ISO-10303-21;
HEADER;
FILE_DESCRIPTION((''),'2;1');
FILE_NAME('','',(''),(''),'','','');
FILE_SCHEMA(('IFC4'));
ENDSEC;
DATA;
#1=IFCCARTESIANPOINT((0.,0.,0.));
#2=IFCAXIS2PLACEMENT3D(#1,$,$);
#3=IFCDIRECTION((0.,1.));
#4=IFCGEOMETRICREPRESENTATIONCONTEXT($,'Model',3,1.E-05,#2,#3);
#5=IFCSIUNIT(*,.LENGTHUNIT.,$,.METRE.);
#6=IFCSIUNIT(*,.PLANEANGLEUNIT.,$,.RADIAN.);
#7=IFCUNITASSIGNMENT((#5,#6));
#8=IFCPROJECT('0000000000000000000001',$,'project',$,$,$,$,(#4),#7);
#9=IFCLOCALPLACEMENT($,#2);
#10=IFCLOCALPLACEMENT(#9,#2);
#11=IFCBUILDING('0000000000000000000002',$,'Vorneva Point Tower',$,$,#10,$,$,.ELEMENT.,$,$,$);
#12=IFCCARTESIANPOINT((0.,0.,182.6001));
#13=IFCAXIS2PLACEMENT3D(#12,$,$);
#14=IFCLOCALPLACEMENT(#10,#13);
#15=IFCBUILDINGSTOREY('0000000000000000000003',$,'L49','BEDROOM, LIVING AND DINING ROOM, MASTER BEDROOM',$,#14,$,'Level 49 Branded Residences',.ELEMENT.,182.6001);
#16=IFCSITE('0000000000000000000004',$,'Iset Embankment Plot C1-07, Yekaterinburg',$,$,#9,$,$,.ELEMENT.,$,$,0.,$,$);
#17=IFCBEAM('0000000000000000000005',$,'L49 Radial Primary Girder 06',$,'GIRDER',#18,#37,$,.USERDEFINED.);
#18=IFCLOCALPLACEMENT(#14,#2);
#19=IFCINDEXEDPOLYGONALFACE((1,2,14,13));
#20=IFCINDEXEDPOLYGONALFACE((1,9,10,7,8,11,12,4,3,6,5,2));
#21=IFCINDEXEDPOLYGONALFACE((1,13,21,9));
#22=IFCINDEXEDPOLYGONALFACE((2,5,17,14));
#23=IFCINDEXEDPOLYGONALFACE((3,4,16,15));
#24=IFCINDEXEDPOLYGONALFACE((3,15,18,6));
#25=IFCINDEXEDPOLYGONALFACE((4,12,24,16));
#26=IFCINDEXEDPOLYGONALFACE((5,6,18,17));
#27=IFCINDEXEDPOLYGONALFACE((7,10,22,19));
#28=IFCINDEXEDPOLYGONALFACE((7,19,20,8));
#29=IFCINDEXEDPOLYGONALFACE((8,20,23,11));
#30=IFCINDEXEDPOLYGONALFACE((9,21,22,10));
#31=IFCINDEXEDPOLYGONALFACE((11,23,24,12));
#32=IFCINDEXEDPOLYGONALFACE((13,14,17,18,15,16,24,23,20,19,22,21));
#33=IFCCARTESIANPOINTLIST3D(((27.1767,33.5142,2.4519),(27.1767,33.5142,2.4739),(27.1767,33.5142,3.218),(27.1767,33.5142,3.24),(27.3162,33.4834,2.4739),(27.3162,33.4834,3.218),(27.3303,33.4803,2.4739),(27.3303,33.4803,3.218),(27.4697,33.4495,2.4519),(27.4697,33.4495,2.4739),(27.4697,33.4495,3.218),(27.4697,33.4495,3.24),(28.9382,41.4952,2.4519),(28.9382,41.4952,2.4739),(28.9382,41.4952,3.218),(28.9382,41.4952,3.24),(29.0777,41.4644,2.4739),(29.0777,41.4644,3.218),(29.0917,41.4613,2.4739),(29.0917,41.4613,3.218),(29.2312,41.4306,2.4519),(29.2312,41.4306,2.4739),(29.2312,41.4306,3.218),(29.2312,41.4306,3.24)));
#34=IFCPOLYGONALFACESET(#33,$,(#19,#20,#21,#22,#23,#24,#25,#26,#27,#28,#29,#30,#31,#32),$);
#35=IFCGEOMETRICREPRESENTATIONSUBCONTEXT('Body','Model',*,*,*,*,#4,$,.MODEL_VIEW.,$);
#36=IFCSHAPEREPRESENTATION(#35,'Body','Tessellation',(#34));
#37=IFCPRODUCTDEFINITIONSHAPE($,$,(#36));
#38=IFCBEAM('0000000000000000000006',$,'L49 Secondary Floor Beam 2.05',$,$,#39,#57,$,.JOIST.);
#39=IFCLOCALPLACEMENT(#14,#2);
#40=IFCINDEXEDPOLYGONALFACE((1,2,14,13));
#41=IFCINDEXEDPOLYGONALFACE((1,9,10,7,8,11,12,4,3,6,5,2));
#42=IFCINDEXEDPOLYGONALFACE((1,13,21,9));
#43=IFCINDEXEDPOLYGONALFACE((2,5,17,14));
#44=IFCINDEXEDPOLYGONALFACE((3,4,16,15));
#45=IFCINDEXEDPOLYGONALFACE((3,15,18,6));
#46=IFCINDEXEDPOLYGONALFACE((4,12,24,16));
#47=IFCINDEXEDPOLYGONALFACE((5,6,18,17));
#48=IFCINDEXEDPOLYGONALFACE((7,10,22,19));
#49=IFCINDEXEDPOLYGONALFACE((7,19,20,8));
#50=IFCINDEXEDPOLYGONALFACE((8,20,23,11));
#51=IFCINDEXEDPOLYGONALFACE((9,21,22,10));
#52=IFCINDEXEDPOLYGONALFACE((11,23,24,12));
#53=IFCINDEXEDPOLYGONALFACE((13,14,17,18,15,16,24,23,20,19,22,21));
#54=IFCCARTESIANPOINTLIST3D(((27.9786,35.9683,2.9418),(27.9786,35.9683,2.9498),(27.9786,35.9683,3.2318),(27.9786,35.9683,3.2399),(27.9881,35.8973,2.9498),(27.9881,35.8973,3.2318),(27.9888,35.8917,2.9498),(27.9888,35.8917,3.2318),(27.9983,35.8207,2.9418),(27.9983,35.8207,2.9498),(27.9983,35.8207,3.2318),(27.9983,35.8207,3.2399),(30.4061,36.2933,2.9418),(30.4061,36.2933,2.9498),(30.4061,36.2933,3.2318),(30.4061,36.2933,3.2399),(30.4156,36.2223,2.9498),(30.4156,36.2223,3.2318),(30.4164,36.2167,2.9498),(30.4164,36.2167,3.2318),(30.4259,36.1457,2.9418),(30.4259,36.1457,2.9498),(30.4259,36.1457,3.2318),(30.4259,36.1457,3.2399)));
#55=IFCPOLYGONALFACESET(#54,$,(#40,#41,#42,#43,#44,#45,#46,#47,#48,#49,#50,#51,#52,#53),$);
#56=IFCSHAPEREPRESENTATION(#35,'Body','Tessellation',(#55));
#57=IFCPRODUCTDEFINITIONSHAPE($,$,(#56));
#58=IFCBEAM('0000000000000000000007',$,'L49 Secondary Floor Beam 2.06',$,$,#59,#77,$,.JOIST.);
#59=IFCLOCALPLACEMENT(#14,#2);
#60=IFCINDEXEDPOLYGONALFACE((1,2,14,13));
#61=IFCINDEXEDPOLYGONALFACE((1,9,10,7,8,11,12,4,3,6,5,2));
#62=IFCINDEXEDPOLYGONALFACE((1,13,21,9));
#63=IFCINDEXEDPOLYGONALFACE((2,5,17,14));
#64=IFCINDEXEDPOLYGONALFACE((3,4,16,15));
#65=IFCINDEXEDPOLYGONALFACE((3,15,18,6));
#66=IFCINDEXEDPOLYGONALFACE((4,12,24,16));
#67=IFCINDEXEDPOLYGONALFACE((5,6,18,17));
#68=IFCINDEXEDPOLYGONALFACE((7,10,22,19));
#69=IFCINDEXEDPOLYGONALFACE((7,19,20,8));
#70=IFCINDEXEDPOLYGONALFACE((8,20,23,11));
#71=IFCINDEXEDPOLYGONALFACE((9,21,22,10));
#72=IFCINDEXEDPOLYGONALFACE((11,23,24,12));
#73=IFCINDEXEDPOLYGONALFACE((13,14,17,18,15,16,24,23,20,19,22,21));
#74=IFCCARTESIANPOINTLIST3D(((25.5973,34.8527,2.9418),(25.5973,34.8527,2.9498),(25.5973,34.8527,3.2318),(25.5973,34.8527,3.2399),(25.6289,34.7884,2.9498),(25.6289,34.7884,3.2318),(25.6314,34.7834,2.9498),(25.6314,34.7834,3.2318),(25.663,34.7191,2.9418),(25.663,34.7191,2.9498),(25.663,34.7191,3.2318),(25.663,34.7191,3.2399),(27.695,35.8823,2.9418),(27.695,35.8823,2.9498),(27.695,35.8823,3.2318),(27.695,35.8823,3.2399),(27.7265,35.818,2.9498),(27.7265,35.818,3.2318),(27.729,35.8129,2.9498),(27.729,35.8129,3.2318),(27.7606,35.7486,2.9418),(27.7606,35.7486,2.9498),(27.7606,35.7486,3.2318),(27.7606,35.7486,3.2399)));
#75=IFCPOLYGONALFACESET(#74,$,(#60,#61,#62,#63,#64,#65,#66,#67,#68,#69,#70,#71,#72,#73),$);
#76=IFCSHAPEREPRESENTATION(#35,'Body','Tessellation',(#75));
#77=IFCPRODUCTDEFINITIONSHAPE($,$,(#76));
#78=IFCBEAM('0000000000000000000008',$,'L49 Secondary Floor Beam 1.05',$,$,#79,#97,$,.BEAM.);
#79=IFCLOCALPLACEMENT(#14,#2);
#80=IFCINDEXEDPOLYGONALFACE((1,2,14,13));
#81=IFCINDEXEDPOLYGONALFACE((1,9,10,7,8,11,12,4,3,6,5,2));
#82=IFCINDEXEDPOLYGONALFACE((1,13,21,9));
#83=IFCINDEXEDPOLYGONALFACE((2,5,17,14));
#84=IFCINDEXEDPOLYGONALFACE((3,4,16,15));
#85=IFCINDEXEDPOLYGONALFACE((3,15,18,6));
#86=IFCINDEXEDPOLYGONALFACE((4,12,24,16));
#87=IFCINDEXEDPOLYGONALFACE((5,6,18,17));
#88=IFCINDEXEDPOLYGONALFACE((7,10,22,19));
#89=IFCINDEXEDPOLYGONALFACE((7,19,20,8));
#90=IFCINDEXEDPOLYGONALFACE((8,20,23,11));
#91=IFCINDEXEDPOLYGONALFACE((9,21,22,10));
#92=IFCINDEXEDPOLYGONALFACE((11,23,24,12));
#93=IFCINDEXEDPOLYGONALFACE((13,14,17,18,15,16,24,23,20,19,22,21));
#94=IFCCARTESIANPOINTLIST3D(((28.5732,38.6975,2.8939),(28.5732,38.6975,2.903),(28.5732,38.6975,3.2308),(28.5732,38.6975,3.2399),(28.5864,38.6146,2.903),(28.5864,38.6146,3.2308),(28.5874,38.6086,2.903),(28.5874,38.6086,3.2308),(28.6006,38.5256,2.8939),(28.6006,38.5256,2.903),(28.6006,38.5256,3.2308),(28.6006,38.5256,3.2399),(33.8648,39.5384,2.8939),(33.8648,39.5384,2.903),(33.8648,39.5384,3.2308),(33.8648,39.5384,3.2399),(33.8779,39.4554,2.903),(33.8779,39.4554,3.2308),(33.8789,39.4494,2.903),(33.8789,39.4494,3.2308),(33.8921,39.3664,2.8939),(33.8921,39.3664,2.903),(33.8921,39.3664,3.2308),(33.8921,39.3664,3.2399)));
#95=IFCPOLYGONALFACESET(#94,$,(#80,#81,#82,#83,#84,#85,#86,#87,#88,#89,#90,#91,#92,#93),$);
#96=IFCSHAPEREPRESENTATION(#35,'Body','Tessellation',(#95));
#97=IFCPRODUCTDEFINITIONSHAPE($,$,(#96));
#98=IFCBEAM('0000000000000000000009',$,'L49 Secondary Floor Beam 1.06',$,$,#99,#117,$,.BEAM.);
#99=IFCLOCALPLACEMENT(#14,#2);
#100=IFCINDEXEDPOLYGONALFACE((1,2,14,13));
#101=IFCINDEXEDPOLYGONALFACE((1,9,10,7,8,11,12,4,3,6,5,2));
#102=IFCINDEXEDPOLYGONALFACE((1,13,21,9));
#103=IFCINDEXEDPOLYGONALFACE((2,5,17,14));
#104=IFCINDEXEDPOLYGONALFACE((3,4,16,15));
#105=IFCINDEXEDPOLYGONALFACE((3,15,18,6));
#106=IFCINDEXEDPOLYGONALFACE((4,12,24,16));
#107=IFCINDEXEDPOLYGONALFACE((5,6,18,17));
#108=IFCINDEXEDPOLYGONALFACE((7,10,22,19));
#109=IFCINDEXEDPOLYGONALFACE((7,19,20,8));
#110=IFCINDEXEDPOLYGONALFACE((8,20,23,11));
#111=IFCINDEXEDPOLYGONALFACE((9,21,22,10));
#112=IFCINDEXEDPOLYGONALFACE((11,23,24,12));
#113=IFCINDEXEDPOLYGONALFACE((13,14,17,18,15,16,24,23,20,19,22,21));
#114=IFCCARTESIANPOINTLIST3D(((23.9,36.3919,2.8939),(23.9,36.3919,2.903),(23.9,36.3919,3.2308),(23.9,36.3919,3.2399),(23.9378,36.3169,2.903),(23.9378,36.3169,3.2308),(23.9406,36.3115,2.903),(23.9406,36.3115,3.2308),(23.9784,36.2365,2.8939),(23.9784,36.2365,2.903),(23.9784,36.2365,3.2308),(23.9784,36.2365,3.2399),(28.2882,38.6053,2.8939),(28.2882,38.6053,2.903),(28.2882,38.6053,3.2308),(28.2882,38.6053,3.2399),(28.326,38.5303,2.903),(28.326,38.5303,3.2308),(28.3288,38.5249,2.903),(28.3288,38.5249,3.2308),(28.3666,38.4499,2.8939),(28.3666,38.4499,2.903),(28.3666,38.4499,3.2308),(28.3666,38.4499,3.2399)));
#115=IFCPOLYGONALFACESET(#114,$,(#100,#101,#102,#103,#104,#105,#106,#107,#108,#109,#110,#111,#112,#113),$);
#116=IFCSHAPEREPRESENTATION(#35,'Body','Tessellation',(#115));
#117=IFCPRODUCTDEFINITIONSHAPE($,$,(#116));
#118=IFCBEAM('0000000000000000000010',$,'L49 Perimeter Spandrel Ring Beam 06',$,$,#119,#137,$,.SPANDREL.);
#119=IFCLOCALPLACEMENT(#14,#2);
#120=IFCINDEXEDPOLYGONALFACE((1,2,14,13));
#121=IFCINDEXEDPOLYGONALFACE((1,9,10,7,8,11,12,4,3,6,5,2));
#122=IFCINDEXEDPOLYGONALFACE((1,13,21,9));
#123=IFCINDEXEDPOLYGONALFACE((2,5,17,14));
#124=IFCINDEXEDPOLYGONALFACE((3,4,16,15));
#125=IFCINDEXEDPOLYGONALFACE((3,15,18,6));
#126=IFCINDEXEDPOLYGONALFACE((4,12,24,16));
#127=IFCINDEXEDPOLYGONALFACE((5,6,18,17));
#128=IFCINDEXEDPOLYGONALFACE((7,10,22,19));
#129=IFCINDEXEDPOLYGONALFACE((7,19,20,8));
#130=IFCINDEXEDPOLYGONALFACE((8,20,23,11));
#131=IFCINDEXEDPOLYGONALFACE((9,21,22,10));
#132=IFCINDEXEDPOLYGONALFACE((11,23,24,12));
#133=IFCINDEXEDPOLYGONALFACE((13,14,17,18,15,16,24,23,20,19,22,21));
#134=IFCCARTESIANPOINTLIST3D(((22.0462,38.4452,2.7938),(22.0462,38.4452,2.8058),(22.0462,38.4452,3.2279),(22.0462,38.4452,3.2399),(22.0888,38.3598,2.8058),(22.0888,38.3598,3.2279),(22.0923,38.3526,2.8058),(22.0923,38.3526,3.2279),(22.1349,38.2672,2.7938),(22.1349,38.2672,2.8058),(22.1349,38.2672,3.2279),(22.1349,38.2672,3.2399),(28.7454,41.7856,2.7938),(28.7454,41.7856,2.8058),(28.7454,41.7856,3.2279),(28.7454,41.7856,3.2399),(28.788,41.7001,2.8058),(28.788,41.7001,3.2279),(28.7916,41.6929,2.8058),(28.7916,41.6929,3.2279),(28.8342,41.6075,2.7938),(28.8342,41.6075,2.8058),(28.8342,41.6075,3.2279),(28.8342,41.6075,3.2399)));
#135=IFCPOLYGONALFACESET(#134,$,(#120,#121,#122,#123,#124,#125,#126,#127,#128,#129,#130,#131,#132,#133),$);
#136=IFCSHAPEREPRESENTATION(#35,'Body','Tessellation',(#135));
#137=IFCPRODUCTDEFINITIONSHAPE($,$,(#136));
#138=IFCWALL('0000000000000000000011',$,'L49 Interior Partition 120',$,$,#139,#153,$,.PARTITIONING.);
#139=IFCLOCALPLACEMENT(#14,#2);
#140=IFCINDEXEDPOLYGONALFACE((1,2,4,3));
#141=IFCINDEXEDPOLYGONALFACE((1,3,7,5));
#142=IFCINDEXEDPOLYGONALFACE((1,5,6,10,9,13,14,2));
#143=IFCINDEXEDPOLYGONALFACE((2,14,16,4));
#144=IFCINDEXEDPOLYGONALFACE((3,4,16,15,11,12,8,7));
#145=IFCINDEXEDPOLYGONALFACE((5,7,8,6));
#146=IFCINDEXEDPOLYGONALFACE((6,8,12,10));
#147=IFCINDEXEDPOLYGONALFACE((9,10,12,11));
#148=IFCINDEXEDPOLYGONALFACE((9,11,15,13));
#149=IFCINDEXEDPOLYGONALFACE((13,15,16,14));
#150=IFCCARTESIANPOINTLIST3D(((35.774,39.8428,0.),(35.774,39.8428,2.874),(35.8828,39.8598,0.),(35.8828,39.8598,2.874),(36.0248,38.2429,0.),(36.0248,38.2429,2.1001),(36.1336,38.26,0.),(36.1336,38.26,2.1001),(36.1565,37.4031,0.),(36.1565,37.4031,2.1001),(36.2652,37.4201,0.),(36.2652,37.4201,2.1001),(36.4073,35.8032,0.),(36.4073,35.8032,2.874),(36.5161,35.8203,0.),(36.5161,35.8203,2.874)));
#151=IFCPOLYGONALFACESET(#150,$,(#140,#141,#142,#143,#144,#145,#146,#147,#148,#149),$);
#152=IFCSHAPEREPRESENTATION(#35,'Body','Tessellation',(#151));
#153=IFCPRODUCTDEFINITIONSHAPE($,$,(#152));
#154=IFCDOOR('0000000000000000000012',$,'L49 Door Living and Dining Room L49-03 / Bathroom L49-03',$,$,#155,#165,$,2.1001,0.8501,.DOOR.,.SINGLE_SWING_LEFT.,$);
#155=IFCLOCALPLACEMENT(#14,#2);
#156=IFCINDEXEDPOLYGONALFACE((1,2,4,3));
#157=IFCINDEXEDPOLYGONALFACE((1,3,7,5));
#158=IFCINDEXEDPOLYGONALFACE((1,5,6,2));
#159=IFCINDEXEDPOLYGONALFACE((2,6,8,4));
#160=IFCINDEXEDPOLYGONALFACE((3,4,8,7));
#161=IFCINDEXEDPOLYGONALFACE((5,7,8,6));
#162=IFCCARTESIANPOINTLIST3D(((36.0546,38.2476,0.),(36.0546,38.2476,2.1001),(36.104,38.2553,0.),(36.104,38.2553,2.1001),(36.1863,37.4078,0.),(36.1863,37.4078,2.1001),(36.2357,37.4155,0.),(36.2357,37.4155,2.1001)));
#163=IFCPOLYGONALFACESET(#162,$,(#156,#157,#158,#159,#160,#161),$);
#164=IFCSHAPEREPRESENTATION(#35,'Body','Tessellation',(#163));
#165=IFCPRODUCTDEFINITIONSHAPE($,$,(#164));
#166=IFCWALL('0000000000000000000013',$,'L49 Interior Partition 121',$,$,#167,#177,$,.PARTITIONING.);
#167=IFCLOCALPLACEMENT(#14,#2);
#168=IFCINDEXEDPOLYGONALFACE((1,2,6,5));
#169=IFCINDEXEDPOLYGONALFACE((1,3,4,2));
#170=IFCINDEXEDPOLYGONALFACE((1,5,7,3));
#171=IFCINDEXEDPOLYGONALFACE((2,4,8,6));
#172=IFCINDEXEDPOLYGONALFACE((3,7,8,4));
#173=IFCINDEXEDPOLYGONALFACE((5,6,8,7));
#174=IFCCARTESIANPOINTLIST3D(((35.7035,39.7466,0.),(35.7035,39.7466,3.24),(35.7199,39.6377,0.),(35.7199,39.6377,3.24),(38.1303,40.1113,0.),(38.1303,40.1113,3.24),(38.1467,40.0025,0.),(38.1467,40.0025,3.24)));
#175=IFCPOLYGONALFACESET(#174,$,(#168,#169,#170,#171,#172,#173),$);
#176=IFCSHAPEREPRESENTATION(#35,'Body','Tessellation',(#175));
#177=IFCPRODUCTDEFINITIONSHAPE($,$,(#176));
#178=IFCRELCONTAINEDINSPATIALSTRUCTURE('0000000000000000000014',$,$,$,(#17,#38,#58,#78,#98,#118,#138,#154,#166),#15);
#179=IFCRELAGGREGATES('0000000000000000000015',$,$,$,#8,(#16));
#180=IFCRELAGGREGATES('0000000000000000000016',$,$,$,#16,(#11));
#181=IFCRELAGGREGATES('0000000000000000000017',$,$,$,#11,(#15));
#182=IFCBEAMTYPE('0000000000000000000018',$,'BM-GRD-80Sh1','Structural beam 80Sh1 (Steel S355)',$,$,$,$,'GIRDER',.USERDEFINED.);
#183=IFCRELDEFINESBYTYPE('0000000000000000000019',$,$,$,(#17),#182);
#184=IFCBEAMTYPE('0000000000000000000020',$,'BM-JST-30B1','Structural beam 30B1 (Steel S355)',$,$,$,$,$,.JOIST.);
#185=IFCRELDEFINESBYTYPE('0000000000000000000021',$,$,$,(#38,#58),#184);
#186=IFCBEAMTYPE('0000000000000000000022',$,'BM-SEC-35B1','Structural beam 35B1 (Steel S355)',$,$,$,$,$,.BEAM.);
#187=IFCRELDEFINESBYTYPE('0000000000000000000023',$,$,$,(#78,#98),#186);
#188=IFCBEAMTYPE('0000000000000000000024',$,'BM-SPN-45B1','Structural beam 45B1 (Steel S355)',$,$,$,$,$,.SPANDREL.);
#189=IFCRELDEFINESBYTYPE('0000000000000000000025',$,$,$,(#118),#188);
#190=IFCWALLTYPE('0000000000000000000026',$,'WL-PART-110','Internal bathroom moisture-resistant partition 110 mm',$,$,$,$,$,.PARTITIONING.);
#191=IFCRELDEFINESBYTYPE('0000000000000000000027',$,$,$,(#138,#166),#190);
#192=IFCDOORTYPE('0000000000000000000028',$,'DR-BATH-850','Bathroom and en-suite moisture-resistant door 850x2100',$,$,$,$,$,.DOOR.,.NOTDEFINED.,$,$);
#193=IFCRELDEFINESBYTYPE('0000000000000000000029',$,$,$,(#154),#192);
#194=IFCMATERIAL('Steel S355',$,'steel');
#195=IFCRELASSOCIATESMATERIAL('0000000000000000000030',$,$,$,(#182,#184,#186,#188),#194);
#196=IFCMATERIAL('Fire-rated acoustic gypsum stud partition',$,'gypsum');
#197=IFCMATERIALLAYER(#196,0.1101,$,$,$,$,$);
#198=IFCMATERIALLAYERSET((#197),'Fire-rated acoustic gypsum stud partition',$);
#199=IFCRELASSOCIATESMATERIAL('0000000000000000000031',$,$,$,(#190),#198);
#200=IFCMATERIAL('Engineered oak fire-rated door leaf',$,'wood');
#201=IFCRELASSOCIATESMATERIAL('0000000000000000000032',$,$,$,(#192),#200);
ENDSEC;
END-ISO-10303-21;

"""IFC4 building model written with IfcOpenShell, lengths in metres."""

from ifc_helpers import new_model, si_unit, direction, frame, frame_2d, origin, origin_2d, place, context, subcontext, project, spatial, rectangle, i_section, extrude, material, layer, layer_set, material_profile, profile_set, type_object, element, fill, save


model = new_model("IFC4")

# Units and contexts
model_context = context("Model", 3, precision=1e-05, world=origin(), true_north=direction((0.0, 1.0)))
body_context = subcontext(model_context, "Body", "Model", "MODEL_VIEW")
ifc_project = project(units=[si_unit("LENGTHUNIT", "METRE"), si_unit("PLANEANGLEUNIT", "RADIAN")], contexts=[model_context])

# Site, building, storey
site_placement = place(None, origin())
site = spatial("IfcSite", under=ifc_project, at=site_placement, Name="Iset Embankment Plot C1-07, Yekaterinburg", CompositionType="ELEMENT", RefElevation=0.0)
building_placement = place(site_placement, origin())
building = spatial("IfcBuilding", under=site, at=building_placement, Name="Vorneva Point Tower", CompositionType="ELEMENT")
storey_placement = place(building_placement, frame((0.0, 0.0, 182.6001)))
storey = spatial("IfcBuildingStorey", under=building, at=storey_placement, Name="L49", Description="BEDROOM, LIVING AND DINING ROOM, MASTER BEDROOM", LongName="Level 49 Branded Residences", CompositionType="ELEMENT", Elevation=182.6001)

# Beams
ifc_material_1 = material(Name="Steel S355", Category="steel")
ifc_material_profile_1 = material_profile(ifc_material_1, i_section(OverallWidth=0.3, OverallDepth=0.7881, WebThickness=0.0144, FlangeThickness=0.022, at=origin_2d()), Name="80Sh1")
ifc_profile_set_1 = profile_set([ifc_material_profile_1], Name="Steel S355")
beam_type_1 = type_object("IfcBeamType", Name="BM-GRD-80Sh1", Description="Structural beam 80Sh1 (Steel S355)", ElementType="GIRDER", PredefinedType="USERDEFINED", material=ifc_profile_set_1)
beam_1_placement = place(storey_placement, frame((29.0847, 41.4629, 2.8459), z_axis=(-0.215523, -0.976499, 0.0), x_axis=(0.976499, -0.215523, 0.0)))
element("IfcBeam", 1, at=beam_1_placement, inside=storey, type_object=beam_type_1, Name="L49 Radial Primary Girder 06", ObjectType="GIRDER", PredefinedType="USERDEFINED", context=body_context, shape_type="SweptSolid", body=[
    extrude(i_section(OverallWidth=0.3, OverallDepth=0.7881, WebThickness=0.0144, FlangeThickness=0.022, at=origin_2d()), origin(), (0.0, 0.0, 1.0), 8.1731),
])
ifc_material_profile_2 = material_profile(ifc_material_1, i_section(OverallWidth=0.1489, OverallDepth=0.2981, WebThickness=0.0056, FlangeThickness=0.0081, at=origin_2d()), Name="30B1")
ifc_profile_set_2 = profile_set([ifc_material_profile_2], Name="Steel S355")
beam_type_2 = type_object("IfcBeamType", Name="BM-JST-30B1", Description="Structural beam 30B1 (Steel S355)", PredefinedType="JOIST", material=ifc_profile_set_2)
beam_2_placement = place(storey_placement, frame((30.416, 36.2195, 3.0908), z_axis=(-0.991159, -0.13268, 0.0), x_axis=(0.13268, -0.991159, 0.0)))
element("IfcBeam", 2, at=beam_2_placement, inside=storey, type_object=beam_type_2, Name="L49 Secondary Floor Beam 2.05", PredefinedType="JOIST", context=body_context, shape_type="SweptSolid", body=[
    extrude(i_section(OverallWidth=0.1489, OverallDepth=0.2981, WebThickness=0.0056, FlangeThickness=0.0081, at=origin_2d()), origin(), (0.0, 0.0, 1.0), 2.4492),
])
beam_3_placement = place(storey_placement, frame((27.7278, 35.8154, 3.0908), z_axis=(-0.897704, -0.440598, 0.0), x_axis=(0.440598, -0.897704, 0.0)))
element("IfcBeam", 3, at=beam_3_placement, inside=storey, type_object=beam_type_2, Name="L49 Secondary Floor Beam 2.06", PredefinedType="JOIST", context=body_context, shape_type="SweptSolid", body=[
    extrude(i_section(OverallWidth=0.1489, OverallDepth=0.2981, WebThickness=0.0056, FlangeThickness=0.0081, at=origin_2d()), origin(), (0.0, 0.0, 1.0), 2.3367),
])
ifc_material_profile_3 = material_profile(ifc_material_1, i_section(OverallWidth=0.1741, OverallDepth=0.3459, WebThickness=0.0061, FlangeThickness=0.009, at=origin_2d()), Name="35B1")
ifc_profile_set_3 = profile_set([ifc_material_profile_3], Name="Steel S355")
beam_type_3 = type_object("IfcBeamType", Name="BM-SEC-35B1", Description="Structural beam 35B1 (Steel S355)", PredefinedType="BEAM", material=ifc_profile_set_3)
beam_4_placement = place(storey_placement, frame((33.8784, 39.4524, 3.0669), z_axis=(-0.98761, -0.156931, 0.0), x_axis=(0.156931, -0.98761, 0.0)))
element("IfcBeam", 4, at=beam_4_placement, inside=storey, type_object=beam_type_3, Name="L49 Secondary Floor Beam 1.05", PredefinedType="BEAM", context=body_context, shape_type="SweptSolid", body=[
    extrude(i_section(OverallWidth=0.1741, OverallDepth=0.3459, WebThickness=0.0061, FlangeThickness=0.009, at=origin_2d()), origin(), (0.0, 0.0, 1.0), 5.3579),
])
beam_5_placement = place(storey_placement, frame((28.3274, 38.5276, 3.0669), z_axis=(-0.892852, -0.45035, 0.0), x_axis=(0.45035, -0.892852, 0.0)))
element("IfcBeam", 5, at=beam_5_placement, inside=storey, type_object=beam_type_3, Name="L49 Secondary Floor Beam 1.06", PredefinedType="BEAM", context=body_context, shape_type="SweptSolid", body=[
    extrude(i_section(OverallWidth=0.1741, OverallDepth=0.3459, WebThickness=0.0061, FlangeThickness=0.009, at=origin_2d()), origin(), (0.0, 0.0, 1.0), 4.9148),
])
ifc_material_profile_4 = material_profile(ifc_material_1, i_section(OverallWidth=0.199, OverallDepth=0.446, WebThickness=0.0081, FlangeThickness=0.012, at=origin_2d()), Name="45B1")
ifc_profile_set_4 = profile_set([ifc_material_profile_4], Name="Steel S355")
beam_type_4 = type_object("IfcBeamType", Name="BM-SPN-45B1", Description="Structural beam 45B1 (Steel S355)", PredefinedType="SPANDREL", material=ifc_profile_set_4)
beam_6_placement = place(storey_placement, frame((28.7898, 41.6965, 3.0168), z_axis=(-0.894922, -0.446222, 0.0), x_axis=(0.446222, -0.894922, 0.0)))
element("IfcBeam", 6, at=beam_6_placement, inside=storey, type_object=beam_type_4, Name="L49 Perimeter Spandrel Ring Beam 06", PredefinedType="SPANDREL", context=body_context, shape_type="SweptSolid", body=[
    extrude(i_section(OverallWidth=0.199, OverallDepth=0.446, WebThickness=0.0081, FlangeThickness=0.012, at=origin_2d()), origin(), (0.0, 0.0, 1.0), 7.4858),
])

# Wall, opening, door
ifc_material_2 = material(Name="Fire-rated acoustic gypsum stud partition", Category="gypsum")
ifc_layer_1 = layer(ifc_material_2, 0.1101)
ifc_layer_set_1 = layer_set([ifc_layer_1], Name="Fire-rated acoustic gypsum stud partition")
wall_type_1 = type_object("IfcWallType", Name="WL-PART-110", Description="Internal bathroom moisture-resistant partition 110 mm", PredefinedType="PARTITIONING", material=ifc_layer_set_1)
wall_1_placement = place(storey_placement, frame((36.4617, 35.8118, 0.0), z_axis=(0.0, 0.0, 1.0), x_axis=(-0.154883, 0.987933, 0.0)))
wall_1 = element("IfcWall", 7, at=wall_1_placement, inside=storey, type_object=wall_type_1, Name="L49 Interior Partition 120", PredefinedType="PARTITIONING", context=body_context, shape_type="SweptSolid", body=[
    extrude(rectangle(XDim=4.0889, YDim=0.1101, at=frame_2d((2.0444, 0.0))), origin(), (0.0, 0.0, 1.0), 2.874),
])
opening_1_placement = place(wall_1_placement, frame((1.6194, 0.0, 0.0)))
opening_1 = element("IfcOpeningElement", 8, at=opening_1_placement, cuts=wall_1, PredefinedType="OPENING", context=body_context, shape_type="SweptSolid", body=[
    extrude(rectangle(XDim=0.8501, YDim=2.1001, at=frame_2d((0.425, 1.05))), frame((0.0, 0.0698, 0.0), z_axis=(0.0, -1.0, 0.0), x_axis=(1.0, 0.0, 0.0)), (0.0, 0.0, 1.0), 0.1399),
])
ifc_material_3 = material(Name="Engineered oak fire-rated door leaf", Category="wood")
door_type_1 = type_object("IfcDoorType", Name="DR-BATH-850", Description="Bathroom and en-suite moisture-resistant door 850x2100", OperationType="NOTDEFINED", PredefinedType="DOOR", material=ifc_material_3)
door_1_placement = place(opening_1_placement, origin())
door_1 = element("IfcDoor", 9, at=door_1_placement, inside=storey, type_object=door_type_1, Name="L49 Door Living and Dining Room L49-03 / Bathroom L49-03", OperationType="SINGLE_SWING_LEFT", OverallHeight=2.1001, OverallWidth=0.8501, PredefinedType="DOOR", context=body_context, shape_type="SweptSolid", body=[
    extrude(rectangle(XDim=0.8501, YDim=2.1001, at=frame_2d((0.425, 1.05))), frame((0.0, 0.0249, 0.0), z_axis=(0.0, -1.0, 0.0), x_axis=(1.0, 0.0, 0.0)), (0.0, 0.0, 1.0), 0.05),
])
fill(opening_1, door_1)

# Wall
wall_2_placement = place(storey_placement, frame((35.7117, 39.6921, 0.0), z_axis=(0.0, 0.0, 1.0), x_axis=(0.988893, 0.148632, 0.0)))
element("IfcWall", 10, at=wall_2_placement, inside=storey, type_object=wall_type_1, Name="L49 Interior Partition 121", PredefinedType="PARTITIONING", context=body_context, shape_type="SweptSolid", body=[
    extrude(rectangle(XDim=2.4541, YDim=0.1101, at=frame_2d((1.2271, 0.0))), origin(), (0.0, 0.0, 1.0), 3.24),
])

save(model, "model.ifc")
